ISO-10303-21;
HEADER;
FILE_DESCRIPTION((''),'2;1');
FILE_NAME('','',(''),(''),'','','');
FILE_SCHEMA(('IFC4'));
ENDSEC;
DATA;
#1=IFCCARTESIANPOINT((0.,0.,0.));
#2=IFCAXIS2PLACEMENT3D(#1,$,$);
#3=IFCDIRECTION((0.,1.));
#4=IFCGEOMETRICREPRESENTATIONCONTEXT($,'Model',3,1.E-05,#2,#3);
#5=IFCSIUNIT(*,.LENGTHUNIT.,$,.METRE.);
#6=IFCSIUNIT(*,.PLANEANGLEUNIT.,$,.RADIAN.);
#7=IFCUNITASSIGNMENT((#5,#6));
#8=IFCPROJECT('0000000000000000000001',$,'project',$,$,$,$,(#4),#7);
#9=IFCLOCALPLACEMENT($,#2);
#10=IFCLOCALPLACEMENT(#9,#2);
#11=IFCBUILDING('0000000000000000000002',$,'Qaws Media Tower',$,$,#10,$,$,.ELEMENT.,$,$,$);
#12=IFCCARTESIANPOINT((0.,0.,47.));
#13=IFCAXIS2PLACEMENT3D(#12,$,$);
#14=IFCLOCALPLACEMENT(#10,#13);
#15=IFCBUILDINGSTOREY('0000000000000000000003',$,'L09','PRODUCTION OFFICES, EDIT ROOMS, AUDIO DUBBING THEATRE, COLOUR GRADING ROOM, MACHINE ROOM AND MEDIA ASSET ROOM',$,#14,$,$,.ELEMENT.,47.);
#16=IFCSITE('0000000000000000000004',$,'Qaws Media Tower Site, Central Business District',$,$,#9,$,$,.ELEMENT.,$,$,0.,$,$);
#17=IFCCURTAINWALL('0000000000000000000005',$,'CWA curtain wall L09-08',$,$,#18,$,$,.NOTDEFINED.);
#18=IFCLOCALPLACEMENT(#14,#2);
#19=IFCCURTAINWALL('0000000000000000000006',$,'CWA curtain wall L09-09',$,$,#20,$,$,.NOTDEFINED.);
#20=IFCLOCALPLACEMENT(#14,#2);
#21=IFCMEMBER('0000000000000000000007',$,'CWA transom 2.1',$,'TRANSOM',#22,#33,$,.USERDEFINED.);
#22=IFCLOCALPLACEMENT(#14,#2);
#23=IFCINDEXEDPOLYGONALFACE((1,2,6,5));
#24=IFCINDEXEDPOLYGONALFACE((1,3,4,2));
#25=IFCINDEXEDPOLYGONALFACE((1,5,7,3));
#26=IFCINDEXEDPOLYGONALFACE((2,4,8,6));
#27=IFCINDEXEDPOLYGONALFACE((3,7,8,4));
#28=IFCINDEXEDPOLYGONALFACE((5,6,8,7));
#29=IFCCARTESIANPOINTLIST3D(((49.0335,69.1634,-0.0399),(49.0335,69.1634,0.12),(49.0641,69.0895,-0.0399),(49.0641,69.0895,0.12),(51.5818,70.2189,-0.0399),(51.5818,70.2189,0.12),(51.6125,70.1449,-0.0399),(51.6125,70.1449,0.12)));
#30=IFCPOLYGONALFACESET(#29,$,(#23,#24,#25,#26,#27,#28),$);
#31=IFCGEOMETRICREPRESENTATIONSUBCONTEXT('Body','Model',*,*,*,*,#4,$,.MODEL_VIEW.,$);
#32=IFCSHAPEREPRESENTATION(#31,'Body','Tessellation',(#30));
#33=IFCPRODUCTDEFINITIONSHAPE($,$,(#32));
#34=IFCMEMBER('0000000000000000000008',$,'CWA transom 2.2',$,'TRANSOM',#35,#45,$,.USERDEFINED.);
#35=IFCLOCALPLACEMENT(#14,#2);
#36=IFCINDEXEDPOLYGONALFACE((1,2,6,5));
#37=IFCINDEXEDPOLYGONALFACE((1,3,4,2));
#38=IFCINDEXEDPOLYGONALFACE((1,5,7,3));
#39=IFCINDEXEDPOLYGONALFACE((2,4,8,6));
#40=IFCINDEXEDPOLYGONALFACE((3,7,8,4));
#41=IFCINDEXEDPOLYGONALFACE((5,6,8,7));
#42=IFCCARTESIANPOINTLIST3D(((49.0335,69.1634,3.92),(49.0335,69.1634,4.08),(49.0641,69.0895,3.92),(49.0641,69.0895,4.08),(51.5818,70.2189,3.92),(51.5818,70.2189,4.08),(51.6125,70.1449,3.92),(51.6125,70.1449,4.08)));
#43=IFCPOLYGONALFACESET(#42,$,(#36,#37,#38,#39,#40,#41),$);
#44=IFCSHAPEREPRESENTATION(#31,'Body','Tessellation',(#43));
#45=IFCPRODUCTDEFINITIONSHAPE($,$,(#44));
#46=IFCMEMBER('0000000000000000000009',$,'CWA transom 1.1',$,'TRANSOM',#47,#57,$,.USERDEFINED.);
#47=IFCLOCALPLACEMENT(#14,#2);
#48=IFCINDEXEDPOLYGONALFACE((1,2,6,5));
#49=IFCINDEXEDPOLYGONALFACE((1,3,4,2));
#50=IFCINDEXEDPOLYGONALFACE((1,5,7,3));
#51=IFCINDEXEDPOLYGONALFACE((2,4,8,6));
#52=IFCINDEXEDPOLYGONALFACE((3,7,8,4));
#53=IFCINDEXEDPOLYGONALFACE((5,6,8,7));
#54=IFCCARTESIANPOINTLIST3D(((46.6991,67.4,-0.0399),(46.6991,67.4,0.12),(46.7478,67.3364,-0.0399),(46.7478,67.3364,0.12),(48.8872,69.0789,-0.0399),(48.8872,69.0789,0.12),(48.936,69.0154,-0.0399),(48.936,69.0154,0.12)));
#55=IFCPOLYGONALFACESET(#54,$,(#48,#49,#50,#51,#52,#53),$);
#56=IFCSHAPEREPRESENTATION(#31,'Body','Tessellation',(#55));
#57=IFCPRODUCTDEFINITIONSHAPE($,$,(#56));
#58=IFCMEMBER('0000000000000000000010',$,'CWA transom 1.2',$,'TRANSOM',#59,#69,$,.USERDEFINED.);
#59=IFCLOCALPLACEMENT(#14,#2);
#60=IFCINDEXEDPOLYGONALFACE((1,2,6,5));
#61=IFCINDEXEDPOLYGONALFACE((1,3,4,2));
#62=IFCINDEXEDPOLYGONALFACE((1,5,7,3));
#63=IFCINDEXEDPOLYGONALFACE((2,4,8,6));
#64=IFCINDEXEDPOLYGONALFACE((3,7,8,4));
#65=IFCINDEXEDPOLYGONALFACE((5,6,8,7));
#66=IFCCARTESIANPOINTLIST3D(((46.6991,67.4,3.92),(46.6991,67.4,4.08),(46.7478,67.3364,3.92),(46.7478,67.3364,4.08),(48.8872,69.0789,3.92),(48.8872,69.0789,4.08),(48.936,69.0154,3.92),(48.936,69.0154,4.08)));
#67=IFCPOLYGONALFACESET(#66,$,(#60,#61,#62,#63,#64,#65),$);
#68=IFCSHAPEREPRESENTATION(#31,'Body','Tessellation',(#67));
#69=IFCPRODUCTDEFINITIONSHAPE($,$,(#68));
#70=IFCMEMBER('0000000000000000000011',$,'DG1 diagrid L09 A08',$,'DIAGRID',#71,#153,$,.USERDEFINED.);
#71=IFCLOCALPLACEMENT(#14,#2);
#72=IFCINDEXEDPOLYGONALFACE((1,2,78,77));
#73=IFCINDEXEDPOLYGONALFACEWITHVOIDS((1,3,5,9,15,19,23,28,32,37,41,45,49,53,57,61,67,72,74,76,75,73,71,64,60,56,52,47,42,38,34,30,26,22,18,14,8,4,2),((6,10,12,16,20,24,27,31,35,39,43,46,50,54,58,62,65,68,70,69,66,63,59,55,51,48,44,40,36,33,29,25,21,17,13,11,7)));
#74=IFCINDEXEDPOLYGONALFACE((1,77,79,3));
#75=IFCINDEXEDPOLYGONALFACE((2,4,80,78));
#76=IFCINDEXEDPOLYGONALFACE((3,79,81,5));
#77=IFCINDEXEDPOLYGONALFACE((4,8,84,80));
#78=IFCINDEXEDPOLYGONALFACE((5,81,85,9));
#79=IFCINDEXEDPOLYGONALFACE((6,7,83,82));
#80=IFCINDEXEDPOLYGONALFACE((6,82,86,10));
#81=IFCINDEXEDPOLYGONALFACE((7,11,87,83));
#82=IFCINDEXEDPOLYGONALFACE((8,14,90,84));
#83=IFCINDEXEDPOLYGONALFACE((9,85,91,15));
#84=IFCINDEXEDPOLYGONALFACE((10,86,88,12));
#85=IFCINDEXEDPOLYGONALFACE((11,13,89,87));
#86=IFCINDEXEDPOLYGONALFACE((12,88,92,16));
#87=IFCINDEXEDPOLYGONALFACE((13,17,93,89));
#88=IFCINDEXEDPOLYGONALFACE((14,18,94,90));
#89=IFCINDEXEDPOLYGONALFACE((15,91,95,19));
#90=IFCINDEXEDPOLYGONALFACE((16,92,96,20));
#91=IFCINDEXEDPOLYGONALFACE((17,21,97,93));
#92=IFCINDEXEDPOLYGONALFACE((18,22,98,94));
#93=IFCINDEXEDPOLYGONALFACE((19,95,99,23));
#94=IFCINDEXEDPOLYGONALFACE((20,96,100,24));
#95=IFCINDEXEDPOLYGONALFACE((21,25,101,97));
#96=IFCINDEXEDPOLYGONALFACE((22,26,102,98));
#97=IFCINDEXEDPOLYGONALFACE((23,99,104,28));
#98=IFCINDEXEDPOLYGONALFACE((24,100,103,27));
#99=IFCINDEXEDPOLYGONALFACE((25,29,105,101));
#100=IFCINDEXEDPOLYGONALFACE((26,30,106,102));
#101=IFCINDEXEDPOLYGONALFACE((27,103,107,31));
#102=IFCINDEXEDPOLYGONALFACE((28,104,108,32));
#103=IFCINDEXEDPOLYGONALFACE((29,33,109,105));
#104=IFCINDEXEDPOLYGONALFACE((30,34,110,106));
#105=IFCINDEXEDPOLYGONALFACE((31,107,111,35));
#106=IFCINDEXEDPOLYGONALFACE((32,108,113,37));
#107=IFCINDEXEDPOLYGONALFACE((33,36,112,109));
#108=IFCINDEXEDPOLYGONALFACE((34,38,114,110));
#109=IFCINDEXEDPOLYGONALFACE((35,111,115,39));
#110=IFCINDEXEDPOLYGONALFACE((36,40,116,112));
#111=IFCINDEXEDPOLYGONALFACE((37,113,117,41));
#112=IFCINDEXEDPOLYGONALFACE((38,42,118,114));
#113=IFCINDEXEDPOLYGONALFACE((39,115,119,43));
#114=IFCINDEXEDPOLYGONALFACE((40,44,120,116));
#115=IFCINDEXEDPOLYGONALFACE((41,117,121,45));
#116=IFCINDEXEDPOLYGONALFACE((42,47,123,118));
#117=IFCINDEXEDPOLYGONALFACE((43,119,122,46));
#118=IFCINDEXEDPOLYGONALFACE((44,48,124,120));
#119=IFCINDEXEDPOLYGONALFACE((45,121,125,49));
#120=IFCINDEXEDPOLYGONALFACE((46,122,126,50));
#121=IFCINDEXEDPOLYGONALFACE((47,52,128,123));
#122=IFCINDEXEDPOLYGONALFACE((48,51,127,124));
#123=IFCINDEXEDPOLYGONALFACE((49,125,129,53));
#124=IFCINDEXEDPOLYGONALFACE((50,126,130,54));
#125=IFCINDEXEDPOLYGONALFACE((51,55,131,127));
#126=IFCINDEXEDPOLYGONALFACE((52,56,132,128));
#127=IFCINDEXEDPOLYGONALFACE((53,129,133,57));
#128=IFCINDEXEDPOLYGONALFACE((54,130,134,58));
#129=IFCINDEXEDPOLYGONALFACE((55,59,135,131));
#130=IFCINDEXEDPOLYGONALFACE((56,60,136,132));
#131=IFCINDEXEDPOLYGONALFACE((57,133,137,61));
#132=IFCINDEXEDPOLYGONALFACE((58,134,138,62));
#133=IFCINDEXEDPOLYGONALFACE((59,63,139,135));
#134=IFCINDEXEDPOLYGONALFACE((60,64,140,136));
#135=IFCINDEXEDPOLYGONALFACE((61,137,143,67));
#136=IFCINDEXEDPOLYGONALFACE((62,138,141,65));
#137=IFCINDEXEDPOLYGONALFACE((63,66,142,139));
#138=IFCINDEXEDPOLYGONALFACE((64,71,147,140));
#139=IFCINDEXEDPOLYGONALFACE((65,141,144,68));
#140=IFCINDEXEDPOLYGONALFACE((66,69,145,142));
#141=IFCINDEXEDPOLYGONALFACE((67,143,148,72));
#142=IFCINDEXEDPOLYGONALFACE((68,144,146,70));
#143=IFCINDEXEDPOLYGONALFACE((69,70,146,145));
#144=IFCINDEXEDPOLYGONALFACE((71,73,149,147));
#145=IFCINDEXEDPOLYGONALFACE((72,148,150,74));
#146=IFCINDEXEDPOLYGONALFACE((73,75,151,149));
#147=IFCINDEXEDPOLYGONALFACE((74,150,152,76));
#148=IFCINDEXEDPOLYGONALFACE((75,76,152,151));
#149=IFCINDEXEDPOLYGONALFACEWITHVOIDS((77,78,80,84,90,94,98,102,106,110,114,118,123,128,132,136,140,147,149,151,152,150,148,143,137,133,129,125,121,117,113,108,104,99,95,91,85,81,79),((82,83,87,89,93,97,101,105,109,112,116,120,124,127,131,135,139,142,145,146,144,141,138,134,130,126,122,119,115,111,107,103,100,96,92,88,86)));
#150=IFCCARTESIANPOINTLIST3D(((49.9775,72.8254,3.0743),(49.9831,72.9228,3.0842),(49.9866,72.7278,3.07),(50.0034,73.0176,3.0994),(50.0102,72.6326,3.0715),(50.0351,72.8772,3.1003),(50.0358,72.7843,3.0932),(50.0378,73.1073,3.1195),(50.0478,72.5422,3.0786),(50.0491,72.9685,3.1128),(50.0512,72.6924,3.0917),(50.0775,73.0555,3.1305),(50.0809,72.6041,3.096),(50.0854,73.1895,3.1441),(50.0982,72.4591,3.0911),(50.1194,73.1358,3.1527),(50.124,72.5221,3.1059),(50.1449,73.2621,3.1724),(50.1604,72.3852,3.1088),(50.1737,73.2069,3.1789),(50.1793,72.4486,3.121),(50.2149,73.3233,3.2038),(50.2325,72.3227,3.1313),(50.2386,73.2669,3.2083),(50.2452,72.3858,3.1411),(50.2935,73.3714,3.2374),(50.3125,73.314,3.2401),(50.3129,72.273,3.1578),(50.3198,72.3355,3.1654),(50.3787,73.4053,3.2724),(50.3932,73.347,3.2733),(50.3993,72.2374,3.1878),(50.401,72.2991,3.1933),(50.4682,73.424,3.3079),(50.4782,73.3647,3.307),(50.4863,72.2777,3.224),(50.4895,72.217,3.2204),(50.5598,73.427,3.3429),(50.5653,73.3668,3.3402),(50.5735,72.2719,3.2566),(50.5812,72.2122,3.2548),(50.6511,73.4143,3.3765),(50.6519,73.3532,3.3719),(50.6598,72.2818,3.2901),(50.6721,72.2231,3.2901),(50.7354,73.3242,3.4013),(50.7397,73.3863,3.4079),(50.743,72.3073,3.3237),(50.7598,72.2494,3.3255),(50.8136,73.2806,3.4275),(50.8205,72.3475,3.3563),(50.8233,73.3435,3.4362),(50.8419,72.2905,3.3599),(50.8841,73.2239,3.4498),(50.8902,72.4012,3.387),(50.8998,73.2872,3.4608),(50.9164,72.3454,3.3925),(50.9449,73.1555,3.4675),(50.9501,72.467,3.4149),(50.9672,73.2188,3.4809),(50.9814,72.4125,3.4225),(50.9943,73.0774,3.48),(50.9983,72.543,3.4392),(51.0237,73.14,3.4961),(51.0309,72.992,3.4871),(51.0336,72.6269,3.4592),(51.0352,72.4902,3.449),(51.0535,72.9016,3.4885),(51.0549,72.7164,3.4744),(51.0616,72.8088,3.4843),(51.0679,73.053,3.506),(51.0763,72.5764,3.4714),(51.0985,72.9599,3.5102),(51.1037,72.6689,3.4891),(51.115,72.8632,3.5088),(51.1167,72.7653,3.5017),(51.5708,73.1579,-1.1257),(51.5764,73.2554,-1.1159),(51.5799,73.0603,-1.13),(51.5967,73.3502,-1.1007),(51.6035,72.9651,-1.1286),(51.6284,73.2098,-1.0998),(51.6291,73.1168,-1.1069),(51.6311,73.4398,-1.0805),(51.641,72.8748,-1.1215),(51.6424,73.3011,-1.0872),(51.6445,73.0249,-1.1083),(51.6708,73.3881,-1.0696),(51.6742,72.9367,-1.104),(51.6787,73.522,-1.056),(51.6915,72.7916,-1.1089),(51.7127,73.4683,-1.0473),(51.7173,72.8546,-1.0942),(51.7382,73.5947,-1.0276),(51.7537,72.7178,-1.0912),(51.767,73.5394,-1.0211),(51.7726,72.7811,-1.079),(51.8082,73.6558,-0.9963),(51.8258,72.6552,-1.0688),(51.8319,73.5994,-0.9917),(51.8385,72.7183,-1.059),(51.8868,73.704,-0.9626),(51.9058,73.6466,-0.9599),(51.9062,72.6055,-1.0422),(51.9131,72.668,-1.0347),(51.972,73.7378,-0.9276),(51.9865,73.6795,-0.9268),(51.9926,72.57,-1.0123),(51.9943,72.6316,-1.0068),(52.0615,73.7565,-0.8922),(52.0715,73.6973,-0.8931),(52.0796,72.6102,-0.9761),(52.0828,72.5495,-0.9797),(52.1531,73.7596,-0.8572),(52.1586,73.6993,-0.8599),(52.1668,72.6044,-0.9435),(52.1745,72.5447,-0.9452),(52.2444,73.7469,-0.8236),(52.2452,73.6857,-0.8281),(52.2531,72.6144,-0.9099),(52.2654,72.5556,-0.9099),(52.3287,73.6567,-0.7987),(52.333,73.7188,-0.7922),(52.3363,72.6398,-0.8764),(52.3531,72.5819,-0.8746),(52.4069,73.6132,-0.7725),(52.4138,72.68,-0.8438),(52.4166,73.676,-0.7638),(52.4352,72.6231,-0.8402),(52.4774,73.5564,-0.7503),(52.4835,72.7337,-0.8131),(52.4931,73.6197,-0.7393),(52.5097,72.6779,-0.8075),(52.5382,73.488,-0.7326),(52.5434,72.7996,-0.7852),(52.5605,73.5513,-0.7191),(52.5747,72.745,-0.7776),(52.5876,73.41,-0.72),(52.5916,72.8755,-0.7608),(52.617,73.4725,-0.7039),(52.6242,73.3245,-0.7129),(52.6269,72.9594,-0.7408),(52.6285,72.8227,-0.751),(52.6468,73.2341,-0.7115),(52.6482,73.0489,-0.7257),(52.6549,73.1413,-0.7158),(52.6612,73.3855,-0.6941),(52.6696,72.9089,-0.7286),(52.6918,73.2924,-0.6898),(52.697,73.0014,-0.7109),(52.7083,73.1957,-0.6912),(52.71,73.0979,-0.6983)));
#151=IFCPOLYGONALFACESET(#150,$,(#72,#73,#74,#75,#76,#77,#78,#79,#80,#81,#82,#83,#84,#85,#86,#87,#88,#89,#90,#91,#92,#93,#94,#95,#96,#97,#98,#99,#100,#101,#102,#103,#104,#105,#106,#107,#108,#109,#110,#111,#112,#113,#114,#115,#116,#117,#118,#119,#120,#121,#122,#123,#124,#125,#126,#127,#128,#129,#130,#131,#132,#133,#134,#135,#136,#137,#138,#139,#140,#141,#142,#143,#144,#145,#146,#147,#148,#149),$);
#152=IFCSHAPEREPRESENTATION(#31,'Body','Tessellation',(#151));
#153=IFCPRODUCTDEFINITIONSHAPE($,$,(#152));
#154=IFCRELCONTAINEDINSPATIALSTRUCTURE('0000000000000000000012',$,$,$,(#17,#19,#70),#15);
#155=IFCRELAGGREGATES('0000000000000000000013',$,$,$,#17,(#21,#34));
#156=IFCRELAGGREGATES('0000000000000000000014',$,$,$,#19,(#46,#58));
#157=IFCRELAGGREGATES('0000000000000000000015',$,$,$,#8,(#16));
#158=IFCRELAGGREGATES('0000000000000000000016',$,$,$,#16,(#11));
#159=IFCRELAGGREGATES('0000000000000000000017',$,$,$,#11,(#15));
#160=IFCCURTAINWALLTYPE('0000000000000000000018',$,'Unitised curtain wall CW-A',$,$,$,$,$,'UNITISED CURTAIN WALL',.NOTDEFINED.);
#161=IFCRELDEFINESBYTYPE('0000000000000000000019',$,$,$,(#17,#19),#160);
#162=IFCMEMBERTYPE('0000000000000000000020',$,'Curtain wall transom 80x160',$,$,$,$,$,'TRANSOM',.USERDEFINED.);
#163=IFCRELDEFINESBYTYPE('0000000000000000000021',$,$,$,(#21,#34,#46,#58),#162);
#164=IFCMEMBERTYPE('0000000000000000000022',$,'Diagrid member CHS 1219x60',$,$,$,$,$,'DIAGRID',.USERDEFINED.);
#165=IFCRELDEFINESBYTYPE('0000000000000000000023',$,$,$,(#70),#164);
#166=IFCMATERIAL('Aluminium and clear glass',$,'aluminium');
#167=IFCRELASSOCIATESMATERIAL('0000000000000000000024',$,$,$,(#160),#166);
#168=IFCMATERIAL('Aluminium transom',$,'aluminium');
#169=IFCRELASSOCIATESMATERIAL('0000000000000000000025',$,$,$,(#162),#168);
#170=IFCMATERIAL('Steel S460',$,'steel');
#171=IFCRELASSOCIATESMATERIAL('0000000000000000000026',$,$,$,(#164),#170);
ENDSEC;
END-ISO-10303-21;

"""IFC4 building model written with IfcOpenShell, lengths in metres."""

from ifc_helpers import new_model, si_unit, direction, frame, origin, origin_2d, place, context, subcontext, project, spatial, rectangle, hollow_circle, extrude, material, material_profile, profile_set, type_object, element, aggregate, save


model = new_model("IFC4")

# Units and contexts
model_context = context("Model", 3, precision=1e-05, world=origin(), true_north=direction((0.0, 1.0)))
body_context = subcontext(model_context, "Body", "Model", "MODEL_VIEW")
ifc_project = project(units=[si_unit("LENGTHUNIT", "METRE"), si_unit("PLANEANGLEUNIT", "RADIAN")], contexts=[model_context])

# Site, building, storey
site_placement = place(None, origin())
site = spatial("IfcSite", under=ifc_project, at=site_placement, Name="Qaws Media Tower Site, Central Business District", CompositionType="ELEMENT", RefElevation=0.0)
building_placement = place(site_placement, origin())
building = spatial("IfcBuilding", under=site, at=building_placement, Name="Qaws Media Tower", CompositionType="ELEMENT")
storey_placement = place(building_placement, frame((0.0, 0.0, 47.0)))
storey = spatial("IfcBuildingStorey", under=building, at=storey_placement, Name="L09", Description="PRODUCTION OFFICES, EDIT ROOMS, AUDIO DUBBING THEATRE, COLOUR GRADING ROOM, MACHINE ROOM AND MEDIA ASSET ROOM", CompositionType="ELEMENT", Elevation=47.0)

# Curtain walls
ifc_material_1 = material(Name="Aluminium and clear glass", Category="aluminium")
curtain_wall_type = type_object("IfcCurtainWallType", Name="Unitised curtain wall CW-A", ElementType="UNITISED CURTAIN WALL", PredefinedType="NOTDEFINED", material=ifc_material_1)
curtain_wall_1_placement = place(storey_placement, origin())
curtain_wall_1 = element("IfcCurtainWall", 1, at=curtain_wall_1_placement, inside=storey, type_object=curtain_wall_type, Name="CWA curtain wall L09-08", PredefinedType="NOTDEFINED")
curtain_wall_2_placement = place(storey_placement, origin())
curtain_wall_2 = element("IfcCurtainWall", 2, at=curtain_wall_2_placement, inside=storey, type_object=curtain_wall_type, Name="CWA curtain wall L09-09", PredefinedType="NOTDEFINED")

# Members
ifc_material_2 = material(Name="Aluminium transom", Category="aluminium")
ifc_material_profile_1 = material_profile(ifc_material_2, rectangle(XDim=0.0801, YDim=0.1599, at=origin_2d()), Name="80x160")
ifc_profile_set_1 = profile_set([ifc_material_profile_1], Name="Aluminium transom")
member_type_1 = type_object("IfcMemberType", Name="Curtain wall transom 80x160", ElementType="TRANSOM", PredefinedType="USERDEFINED", material=ifc_profile_set_1)
member_1_placement = place(storey_placement, frame((51.5972, 70.1819, 0.04), z_axis=(-0.923897, -0.382641, 0.0), x_axis=(0.382641, -0.923897, 0.0)))
member_1 = element("IfcMember", 3, at=member_1_placement, type_object=member_type_1, Name="CWA transom 2.1", ObjectType="TRANSOM", PredefinedType="USERDEFINED", context=body_context, shape_type="SweptSolid", body=[
    extrude(rectangle(XDim=0.0801, YDim=0.1599, at=origin_2d()), origin(), (0.0, 0.0, 1.0), 2.7583),
])
member_2_placement = place(storey_placement, frame((51.5972, 70.1819, 4.0), z_axis=(-0.923897, -0.382641, 0.0), x_axis=(0.382641, -0.923897, 0.0)))
member_2 = element("IfcMember", 4, at=member_2_placement, type_object=member_type_1, Name="CWA transom 2.2", ObjectType="TRANSOM", PredefinedType="USERDEFINED", context=body_context, shape_type="SweptSolid", body=[
    extrude(rectangle(XDim=0.0801, YDim=0.1599, at=origin_2d()), origin(), (0.0, 0.0, 1.0), 2.7583),
])
member_3_placement = place(storey_placement, frame((48.9116, 69.0471, 0.04), z_axis=(-0.793377, -0.608731, 0.0), x_axis=(0.608731, -0.793377, 0.0)))
member_3 = element("IfcMember", 5, at=member_3_placement, type_object=member_type_1, Name="CWA transom 1.1", ObjectType="TRANSOM", PredefinedType="USERDEFINED", context=body_context, shape_type="SweptSolid", body=[
    extrude(rectangle(XDim=0.0801, YDim=0.1599, at=origin_2d()), origin(), (0.0, 0.0, 1.0), 2.7581),
])
member_4_placement = place(storey_placement, frame((48.9116, 69.0471, 4.0), z_axis=(-0.793377, -0.608731, 0.0), x_axis=(0.608731, -0.793377, 0.0)))
member_4 = element("IfcMember", 6, at=member_4_placement, type_object=member_type_1, Name="CWA transom 1.2", ObjectType="TRANSOM", PredefinedType="USERDEFINED", context=body_context, shape_type="SweptSolid", body=[
    extrude(rectangle(XDim=0.0801, YDim=0.1599, at=origin_2d()), origin(), (0.0, 0.0, 1.0), 2.7581),
])

# Member
ifc_material_3 = material(Name="Steel S460", Category="steel")
ifc_material_profile_2 = material_profile(ifc_material_3, hollow_circle(Radius=0.6096, WallThickness=0.0601, at=origin_2d()), Name="CHS 1219x60")
ifc_profile_set_2 = profile_set([ifc_material_profile_2], Name="Steel S460")
member_type_2 = type_object("IfcMemberType", Name="Diagrid member CHS 1219x60", ElementType="DIAGRID", PredefinedType="USERDEFINED", material=ifc_profile_set_2)
for number, where, z_axis, x_axis, name in (
    (7, (52.1409, 73.1523, -0.9099), (-0.353721, -0.073823, 0.932433), (0.204302, -0.978908, 0.0), "DG1 diagrid L09 A08"),
):
    element("IfcMember", number, at=place(storey_placement, frame(where, z_axis=z_axis, x_axis=x_axis)), inside=storey, type_object=member_type_2, Name=name, ObjectType="DIAGRID", PredefinedType="USERDEFINED", context=body_context, shape_type="SweptSolid", body=[
        extrude(hollow_circle(Radius=0.6096, WallThickness=0.0601, at=origin_2d()), origin(), (0.0, 0.0, 1.0), 4.5044),
    ])

aggregate(curtain_wall_1, [member_1, member_2])
aggregate(curtain_wall_2, [member_3, member_4])

save(model, "model.ifc")
